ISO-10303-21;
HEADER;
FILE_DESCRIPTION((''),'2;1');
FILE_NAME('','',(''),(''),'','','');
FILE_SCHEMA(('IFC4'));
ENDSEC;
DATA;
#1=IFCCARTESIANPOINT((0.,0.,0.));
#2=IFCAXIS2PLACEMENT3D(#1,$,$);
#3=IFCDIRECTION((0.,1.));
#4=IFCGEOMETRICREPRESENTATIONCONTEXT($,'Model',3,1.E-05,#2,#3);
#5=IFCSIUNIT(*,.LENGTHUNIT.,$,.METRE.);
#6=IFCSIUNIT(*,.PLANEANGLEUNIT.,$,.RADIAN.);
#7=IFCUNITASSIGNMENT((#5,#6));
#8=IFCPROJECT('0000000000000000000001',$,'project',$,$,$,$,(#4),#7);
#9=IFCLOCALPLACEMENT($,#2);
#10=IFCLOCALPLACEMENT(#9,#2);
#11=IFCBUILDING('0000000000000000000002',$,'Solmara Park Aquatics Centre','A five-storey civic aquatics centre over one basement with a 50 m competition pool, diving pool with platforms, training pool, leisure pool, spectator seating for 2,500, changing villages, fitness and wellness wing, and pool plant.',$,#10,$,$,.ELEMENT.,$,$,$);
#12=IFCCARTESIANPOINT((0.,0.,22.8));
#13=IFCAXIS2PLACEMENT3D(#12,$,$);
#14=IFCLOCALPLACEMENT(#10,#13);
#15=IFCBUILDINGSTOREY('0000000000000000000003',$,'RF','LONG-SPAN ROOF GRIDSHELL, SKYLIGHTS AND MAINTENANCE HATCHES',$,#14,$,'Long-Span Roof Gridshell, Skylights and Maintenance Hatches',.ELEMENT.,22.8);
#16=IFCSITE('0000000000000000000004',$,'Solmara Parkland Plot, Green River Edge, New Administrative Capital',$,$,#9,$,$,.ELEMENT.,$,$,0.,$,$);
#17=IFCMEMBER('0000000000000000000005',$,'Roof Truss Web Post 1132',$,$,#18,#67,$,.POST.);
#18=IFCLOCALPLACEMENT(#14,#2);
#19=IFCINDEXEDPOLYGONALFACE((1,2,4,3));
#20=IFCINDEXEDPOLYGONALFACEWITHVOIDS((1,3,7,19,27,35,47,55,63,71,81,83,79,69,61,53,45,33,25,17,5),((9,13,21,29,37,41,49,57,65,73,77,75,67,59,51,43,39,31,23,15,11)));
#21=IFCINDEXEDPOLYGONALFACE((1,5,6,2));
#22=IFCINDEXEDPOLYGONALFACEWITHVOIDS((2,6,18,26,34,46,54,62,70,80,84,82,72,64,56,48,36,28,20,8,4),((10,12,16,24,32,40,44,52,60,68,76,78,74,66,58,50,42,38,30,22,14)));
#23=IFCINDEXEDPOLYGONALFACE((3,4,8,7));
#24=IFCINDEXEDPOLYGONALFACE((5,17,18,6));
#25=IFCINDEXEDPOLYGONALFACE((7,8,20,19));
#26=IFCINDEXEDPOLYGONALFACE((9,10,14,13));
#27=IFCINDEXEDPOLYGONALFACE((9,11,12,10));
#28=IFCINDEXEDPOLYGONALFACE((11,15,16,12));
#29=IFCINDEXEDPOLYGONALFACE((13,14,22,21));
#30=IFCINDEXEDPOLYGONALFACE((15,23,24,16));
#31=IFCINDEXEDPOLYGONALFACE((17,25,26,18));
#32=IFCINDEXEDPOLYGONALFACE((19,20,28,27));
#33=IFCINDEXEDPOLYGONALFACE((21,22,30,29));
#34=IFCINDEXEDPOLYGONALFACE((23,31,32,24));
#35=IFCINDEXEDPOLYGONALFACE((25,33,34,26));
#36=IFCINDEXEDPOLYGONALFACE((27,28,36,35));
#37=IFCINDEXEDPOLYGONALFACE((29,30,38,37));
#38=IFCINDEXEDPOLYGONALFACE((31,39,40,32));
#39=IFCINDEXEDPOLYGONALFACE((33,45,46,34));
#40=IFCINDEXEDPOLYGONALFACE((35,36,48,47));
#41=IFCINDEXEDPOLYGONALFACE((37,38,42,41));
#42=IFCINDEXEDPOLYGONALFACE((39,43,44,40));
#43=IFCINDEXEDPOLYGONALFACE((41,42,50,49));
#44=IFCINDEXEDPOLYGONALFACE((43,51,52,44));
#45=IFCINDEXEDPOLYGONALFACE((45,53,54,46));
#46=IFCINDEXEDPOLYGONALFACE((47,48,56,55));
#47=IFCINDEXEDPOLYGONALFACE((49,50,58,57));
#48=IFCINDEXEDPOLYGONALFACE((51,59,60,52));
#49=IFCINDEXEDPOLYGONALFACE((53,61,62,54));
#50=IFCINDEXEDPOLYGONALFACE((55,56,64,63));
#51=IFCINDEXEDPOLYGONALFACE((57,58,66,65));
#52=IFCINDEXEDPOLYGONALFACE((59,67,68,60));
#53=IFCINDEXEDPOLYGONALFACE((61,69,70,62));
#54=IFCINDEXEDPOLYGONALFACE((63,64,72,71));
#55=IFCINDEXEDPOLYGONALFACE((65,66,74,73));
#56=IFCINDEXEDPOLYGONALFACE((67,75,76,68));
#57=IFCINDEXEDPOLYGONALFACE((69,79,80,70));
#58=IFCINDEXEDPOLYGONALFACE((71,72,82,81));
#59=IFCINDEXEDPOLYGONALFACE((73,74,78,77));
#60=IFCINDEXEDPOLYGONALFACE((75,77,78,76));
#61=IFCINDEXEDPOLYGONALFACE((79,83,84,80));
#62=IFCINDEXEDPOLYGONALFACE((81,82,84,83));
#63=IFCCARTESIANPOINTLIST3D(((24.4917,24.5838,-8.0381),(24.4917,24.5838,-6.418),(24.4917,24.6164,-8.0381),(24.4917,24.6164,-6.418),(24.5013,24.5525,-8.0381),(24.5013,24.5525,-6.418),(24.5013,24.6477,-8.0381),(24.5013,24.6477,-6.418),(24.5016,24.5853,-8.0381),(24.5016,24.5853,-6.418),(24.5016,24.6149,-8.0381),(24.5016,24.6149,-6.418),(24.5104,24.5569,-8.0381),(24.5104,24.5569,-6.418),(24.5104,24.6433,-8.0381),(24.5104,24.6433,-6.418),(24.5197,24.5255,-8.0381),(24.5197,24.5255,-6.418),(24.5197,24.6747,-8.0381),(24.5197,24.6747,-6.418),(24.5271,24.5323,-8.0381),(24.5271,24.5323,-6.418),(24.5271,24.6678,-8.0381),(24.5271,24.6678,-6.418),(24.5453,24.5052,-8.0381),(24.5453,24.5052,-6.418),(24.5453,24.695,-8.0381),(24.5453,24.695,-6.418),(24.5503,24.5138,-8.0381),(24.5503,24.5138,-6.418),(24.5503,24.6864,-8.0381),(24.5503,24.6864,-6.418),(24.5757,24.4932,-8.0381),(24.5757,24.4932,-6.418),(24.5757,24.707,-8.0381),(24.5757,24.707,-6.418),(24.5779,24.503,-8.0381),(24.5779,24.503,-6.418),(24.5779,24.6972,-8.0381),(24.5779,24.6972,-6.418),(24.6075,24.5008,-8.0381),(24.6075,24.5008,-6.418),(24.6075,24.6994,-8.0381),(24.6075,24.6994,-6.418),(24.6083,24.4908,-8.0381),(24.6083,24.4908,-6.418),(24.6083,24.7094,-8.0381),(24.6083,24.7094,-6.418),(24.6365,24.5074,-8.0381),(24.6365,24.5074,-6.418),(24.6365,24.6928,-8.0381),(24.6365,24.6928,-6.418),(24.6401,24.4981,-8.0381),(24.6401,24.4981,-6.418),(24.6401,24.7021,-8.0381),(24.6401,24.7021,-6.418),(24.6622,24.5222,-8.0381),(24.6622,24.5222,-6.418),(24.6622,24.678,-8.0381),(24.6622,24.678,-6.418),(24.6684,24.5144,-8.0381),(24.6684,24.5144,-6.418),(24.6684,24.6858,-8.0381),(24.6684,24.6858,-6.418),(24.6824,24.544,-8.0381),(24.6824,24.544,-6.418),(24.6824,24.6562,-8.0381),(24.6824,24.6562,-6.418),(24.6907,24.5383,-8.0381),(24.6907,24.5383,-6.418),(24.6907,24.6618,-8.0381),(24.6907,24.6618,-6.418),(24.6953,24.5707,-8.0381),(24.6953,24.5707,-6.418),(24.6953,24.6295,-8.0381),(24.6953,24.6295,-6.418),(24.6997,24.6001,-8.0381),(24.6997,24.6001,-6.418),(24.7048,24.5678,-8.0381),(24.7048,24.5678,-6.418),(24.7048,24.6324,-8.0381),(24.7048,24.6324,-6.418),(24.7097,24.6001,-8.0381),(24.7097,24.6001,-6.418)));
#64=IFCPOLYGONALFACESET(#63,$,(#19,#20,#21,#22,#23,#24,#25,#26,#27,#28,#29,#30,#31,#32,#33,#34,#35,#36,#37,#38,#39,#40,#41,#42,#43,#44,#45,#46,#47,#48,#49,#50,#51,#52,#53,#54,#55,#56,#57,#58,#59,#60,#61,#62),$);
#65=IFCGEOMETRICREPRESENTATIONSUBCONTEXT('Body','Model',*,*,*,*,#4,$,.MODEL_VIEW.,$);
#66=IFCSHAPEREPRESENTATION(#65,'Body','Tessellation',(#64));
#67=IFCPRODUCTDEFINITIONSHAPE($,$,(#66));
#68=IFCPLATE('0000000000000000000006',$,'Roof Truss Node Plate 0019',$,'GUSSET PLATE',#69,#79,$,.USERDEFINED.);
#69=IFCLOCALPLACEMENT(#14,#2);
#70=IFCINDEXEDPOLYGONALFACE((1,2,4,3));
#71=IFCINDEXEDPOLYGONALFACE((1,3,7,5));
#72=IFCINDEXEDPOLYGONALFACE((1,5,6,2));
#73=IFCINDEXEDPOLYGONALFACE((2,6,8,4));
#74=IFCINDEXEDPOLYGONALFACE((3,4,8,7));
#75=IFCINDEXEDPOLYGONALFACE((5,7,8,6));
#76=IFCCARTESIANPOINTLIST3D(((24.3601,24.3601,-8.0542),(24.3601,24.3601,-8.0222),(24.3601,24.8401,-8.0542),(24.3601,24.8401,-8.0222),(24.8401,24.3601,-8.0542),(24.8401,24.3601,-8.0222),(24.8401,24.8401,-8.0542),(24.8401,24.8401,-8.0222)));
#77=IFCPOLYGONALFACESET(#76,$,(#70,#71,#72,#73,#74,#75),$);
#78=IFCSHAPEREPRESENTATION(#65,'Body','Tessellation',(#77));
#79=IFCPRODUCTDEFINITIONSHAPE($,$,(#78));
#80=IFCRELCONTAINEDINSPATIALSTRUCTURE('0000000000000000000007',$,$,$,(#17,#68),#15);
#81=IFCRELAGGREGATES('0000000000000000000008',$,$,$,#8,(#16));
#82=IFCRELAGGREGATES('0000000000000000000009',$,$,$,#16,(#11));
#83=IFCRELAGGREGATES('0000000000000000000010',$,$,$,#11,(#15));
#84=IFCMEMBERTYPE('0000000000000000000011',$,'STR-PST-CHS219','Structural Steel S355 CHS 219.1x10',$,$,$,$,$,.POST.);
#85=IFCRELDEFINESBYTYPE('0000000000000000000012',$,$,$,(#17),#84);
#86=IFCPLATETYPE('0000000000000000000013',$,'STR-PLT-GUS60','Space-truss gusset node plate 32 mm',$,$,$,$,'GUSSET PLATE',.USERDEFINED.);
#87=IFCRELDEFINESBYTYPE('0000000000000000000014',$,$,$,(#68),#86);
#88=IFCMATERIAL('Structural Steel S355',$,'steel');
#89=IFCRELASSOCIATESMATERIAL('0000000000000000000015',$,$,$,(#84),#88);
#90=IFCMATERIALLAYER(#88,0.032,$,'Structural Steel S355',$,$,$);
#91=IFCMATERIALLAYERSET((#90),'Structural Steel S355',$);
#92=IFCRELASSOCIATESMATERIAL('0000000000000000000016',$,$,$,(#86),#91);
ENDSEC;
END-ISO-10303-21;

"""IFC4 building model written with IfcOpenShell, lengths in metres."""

from ifc_helpers import new_model, si_unit, direction, frame, origin, origin_2d, place, context, subcontext, project, spatial, rectangle, hollow_circle, extrude, material, layer, layer_set, material_profile, profile_set, type_object, element, save


model = new_model("IFC4")

# Units and contexts
model_context = context("Model", 3, precision=1e-05, world=origin(), true_north=direction((0.0, 1.0)))
body_context = subcontext(model_context, "Body", "Model", "MODEL_VIEW")
ifc_project = project(units=[si_unit("LENGTHUNIT", "METRE"), si_unit("PLANEANGLEUNIT", "RADIAN")], contexts=[model_context])

# Site, building, storey
site_placement = place(None, origin())
site = spatial("IfcSite", under=ifc_project, at=site_placement, Name="Solmara Parkland Plot, Green River Edge, New Administrative Capital", CompositionType="ELEMENT", RefElevation=0.0)
building_placement = place(site_placement, origin())
building = spatial("IfcBuilding", under=site, at=building_placement, Name="Solmara Park Aquatics Centre", Description="A five-storey civic aquatics centre over one basement with a 50 m competition pool, diving pool with platforms, training pool, leisure pool, spectator seating for 2,500, changing villages, fitness and wellness wing, and pool plant.", CompositionType="ELEMENT")
storey_placement = place(building_placement, frame((0.0, 0.0, 22.8)))
storey = spatial("IfcBuildingStorey", under=building, at=storey_placement, Name="RF", Description="LONG-SPAN ROOF GRIDSHELL, SKYLIGHTS AND MAINTENANCE HATCHES", LongName="Long-Span Roof Gridshell, Skylights and Maintenance Hatches", CompositionType="ELEMENT", Elevation=22.8)

# Member
ifc_material_1 = material(Name="Structural Steel S355", Category="steel")
ifc_material_profile_1 = material_profile(ifc_material_1, hollow_circle(Radius=0.1096, WallThickness=0.01, at=origin_2d()), Name="CHS 219.1x10")
ifc_profile_set_1 = profile_set([ifc_material_profile_1], Name="Structural Steel S355")
member_type_1 = type_object("IfcMemberType", Name="STR-PST-CHS219", Description="Structural Steel S355 CHS 219.1x10", PredefinedType="POST", material=ifc_profile_set_1)
for number, where, z_axis, x_axis, name in (
    (1, (24.6001, 24.6001, -8.0381), (0.0, 0.0, 1.0), (1.0, 0.0, 0.0), "Roof Truss Web Post 1132"),
):
    element("IfcMember", number, at=place(storey_placement, frame(where, z_axis=z_axis, x_axis=x_axis)), inside=storey, type_object=member_type_1, Name=name, PredefinedType="POST", context=body_context, shape_type="SweptSolid", body=[
        extrude(hollow_circle(Radius=0.1096, WallThickness=0.01, at=origin_2d()), origin(), (0.0, 0.0, 1.0), 1.6201),
    ])

# Plate
ifc_layer = layer(ifc_material_1, 0.032, Name="Structural Steel S355")
ifc_layer_set = layer_set([ifc_layer], Name="Structural Steel S355")
plate_type = type_object("IfcPlateType", Name="STR-PLT-GUS60", Description="Space-truss gusset node plate 32 mm", ElementType="GUSSET PLATE", PredefinedType="USERDEFINED", material=ifc_layer_set)
plate_placement = place(storey_placement, frame((24.6001, 24.6001, -8.0542), z_axis=(0.0, 0.0, 1.0), x_axis=(1.0, 0.0, 0.0)))
element("IfcPlate", 2, at=plate_placement, inside=storey, type_object=plate_type, Name="Roof Truss Node Plate 0019", ObjectType="GUSSET PLATE", PredefinedType="USERDEFINED", context=body_context, shape_type="SweptSolid", body=[
    extrude(rectangle(XDim=0.48, YDim=0.48, at=origin_2d()), origin(), (0.0, 0.0, 1.0), 0.032),
])

save(model, "model.ifc")
